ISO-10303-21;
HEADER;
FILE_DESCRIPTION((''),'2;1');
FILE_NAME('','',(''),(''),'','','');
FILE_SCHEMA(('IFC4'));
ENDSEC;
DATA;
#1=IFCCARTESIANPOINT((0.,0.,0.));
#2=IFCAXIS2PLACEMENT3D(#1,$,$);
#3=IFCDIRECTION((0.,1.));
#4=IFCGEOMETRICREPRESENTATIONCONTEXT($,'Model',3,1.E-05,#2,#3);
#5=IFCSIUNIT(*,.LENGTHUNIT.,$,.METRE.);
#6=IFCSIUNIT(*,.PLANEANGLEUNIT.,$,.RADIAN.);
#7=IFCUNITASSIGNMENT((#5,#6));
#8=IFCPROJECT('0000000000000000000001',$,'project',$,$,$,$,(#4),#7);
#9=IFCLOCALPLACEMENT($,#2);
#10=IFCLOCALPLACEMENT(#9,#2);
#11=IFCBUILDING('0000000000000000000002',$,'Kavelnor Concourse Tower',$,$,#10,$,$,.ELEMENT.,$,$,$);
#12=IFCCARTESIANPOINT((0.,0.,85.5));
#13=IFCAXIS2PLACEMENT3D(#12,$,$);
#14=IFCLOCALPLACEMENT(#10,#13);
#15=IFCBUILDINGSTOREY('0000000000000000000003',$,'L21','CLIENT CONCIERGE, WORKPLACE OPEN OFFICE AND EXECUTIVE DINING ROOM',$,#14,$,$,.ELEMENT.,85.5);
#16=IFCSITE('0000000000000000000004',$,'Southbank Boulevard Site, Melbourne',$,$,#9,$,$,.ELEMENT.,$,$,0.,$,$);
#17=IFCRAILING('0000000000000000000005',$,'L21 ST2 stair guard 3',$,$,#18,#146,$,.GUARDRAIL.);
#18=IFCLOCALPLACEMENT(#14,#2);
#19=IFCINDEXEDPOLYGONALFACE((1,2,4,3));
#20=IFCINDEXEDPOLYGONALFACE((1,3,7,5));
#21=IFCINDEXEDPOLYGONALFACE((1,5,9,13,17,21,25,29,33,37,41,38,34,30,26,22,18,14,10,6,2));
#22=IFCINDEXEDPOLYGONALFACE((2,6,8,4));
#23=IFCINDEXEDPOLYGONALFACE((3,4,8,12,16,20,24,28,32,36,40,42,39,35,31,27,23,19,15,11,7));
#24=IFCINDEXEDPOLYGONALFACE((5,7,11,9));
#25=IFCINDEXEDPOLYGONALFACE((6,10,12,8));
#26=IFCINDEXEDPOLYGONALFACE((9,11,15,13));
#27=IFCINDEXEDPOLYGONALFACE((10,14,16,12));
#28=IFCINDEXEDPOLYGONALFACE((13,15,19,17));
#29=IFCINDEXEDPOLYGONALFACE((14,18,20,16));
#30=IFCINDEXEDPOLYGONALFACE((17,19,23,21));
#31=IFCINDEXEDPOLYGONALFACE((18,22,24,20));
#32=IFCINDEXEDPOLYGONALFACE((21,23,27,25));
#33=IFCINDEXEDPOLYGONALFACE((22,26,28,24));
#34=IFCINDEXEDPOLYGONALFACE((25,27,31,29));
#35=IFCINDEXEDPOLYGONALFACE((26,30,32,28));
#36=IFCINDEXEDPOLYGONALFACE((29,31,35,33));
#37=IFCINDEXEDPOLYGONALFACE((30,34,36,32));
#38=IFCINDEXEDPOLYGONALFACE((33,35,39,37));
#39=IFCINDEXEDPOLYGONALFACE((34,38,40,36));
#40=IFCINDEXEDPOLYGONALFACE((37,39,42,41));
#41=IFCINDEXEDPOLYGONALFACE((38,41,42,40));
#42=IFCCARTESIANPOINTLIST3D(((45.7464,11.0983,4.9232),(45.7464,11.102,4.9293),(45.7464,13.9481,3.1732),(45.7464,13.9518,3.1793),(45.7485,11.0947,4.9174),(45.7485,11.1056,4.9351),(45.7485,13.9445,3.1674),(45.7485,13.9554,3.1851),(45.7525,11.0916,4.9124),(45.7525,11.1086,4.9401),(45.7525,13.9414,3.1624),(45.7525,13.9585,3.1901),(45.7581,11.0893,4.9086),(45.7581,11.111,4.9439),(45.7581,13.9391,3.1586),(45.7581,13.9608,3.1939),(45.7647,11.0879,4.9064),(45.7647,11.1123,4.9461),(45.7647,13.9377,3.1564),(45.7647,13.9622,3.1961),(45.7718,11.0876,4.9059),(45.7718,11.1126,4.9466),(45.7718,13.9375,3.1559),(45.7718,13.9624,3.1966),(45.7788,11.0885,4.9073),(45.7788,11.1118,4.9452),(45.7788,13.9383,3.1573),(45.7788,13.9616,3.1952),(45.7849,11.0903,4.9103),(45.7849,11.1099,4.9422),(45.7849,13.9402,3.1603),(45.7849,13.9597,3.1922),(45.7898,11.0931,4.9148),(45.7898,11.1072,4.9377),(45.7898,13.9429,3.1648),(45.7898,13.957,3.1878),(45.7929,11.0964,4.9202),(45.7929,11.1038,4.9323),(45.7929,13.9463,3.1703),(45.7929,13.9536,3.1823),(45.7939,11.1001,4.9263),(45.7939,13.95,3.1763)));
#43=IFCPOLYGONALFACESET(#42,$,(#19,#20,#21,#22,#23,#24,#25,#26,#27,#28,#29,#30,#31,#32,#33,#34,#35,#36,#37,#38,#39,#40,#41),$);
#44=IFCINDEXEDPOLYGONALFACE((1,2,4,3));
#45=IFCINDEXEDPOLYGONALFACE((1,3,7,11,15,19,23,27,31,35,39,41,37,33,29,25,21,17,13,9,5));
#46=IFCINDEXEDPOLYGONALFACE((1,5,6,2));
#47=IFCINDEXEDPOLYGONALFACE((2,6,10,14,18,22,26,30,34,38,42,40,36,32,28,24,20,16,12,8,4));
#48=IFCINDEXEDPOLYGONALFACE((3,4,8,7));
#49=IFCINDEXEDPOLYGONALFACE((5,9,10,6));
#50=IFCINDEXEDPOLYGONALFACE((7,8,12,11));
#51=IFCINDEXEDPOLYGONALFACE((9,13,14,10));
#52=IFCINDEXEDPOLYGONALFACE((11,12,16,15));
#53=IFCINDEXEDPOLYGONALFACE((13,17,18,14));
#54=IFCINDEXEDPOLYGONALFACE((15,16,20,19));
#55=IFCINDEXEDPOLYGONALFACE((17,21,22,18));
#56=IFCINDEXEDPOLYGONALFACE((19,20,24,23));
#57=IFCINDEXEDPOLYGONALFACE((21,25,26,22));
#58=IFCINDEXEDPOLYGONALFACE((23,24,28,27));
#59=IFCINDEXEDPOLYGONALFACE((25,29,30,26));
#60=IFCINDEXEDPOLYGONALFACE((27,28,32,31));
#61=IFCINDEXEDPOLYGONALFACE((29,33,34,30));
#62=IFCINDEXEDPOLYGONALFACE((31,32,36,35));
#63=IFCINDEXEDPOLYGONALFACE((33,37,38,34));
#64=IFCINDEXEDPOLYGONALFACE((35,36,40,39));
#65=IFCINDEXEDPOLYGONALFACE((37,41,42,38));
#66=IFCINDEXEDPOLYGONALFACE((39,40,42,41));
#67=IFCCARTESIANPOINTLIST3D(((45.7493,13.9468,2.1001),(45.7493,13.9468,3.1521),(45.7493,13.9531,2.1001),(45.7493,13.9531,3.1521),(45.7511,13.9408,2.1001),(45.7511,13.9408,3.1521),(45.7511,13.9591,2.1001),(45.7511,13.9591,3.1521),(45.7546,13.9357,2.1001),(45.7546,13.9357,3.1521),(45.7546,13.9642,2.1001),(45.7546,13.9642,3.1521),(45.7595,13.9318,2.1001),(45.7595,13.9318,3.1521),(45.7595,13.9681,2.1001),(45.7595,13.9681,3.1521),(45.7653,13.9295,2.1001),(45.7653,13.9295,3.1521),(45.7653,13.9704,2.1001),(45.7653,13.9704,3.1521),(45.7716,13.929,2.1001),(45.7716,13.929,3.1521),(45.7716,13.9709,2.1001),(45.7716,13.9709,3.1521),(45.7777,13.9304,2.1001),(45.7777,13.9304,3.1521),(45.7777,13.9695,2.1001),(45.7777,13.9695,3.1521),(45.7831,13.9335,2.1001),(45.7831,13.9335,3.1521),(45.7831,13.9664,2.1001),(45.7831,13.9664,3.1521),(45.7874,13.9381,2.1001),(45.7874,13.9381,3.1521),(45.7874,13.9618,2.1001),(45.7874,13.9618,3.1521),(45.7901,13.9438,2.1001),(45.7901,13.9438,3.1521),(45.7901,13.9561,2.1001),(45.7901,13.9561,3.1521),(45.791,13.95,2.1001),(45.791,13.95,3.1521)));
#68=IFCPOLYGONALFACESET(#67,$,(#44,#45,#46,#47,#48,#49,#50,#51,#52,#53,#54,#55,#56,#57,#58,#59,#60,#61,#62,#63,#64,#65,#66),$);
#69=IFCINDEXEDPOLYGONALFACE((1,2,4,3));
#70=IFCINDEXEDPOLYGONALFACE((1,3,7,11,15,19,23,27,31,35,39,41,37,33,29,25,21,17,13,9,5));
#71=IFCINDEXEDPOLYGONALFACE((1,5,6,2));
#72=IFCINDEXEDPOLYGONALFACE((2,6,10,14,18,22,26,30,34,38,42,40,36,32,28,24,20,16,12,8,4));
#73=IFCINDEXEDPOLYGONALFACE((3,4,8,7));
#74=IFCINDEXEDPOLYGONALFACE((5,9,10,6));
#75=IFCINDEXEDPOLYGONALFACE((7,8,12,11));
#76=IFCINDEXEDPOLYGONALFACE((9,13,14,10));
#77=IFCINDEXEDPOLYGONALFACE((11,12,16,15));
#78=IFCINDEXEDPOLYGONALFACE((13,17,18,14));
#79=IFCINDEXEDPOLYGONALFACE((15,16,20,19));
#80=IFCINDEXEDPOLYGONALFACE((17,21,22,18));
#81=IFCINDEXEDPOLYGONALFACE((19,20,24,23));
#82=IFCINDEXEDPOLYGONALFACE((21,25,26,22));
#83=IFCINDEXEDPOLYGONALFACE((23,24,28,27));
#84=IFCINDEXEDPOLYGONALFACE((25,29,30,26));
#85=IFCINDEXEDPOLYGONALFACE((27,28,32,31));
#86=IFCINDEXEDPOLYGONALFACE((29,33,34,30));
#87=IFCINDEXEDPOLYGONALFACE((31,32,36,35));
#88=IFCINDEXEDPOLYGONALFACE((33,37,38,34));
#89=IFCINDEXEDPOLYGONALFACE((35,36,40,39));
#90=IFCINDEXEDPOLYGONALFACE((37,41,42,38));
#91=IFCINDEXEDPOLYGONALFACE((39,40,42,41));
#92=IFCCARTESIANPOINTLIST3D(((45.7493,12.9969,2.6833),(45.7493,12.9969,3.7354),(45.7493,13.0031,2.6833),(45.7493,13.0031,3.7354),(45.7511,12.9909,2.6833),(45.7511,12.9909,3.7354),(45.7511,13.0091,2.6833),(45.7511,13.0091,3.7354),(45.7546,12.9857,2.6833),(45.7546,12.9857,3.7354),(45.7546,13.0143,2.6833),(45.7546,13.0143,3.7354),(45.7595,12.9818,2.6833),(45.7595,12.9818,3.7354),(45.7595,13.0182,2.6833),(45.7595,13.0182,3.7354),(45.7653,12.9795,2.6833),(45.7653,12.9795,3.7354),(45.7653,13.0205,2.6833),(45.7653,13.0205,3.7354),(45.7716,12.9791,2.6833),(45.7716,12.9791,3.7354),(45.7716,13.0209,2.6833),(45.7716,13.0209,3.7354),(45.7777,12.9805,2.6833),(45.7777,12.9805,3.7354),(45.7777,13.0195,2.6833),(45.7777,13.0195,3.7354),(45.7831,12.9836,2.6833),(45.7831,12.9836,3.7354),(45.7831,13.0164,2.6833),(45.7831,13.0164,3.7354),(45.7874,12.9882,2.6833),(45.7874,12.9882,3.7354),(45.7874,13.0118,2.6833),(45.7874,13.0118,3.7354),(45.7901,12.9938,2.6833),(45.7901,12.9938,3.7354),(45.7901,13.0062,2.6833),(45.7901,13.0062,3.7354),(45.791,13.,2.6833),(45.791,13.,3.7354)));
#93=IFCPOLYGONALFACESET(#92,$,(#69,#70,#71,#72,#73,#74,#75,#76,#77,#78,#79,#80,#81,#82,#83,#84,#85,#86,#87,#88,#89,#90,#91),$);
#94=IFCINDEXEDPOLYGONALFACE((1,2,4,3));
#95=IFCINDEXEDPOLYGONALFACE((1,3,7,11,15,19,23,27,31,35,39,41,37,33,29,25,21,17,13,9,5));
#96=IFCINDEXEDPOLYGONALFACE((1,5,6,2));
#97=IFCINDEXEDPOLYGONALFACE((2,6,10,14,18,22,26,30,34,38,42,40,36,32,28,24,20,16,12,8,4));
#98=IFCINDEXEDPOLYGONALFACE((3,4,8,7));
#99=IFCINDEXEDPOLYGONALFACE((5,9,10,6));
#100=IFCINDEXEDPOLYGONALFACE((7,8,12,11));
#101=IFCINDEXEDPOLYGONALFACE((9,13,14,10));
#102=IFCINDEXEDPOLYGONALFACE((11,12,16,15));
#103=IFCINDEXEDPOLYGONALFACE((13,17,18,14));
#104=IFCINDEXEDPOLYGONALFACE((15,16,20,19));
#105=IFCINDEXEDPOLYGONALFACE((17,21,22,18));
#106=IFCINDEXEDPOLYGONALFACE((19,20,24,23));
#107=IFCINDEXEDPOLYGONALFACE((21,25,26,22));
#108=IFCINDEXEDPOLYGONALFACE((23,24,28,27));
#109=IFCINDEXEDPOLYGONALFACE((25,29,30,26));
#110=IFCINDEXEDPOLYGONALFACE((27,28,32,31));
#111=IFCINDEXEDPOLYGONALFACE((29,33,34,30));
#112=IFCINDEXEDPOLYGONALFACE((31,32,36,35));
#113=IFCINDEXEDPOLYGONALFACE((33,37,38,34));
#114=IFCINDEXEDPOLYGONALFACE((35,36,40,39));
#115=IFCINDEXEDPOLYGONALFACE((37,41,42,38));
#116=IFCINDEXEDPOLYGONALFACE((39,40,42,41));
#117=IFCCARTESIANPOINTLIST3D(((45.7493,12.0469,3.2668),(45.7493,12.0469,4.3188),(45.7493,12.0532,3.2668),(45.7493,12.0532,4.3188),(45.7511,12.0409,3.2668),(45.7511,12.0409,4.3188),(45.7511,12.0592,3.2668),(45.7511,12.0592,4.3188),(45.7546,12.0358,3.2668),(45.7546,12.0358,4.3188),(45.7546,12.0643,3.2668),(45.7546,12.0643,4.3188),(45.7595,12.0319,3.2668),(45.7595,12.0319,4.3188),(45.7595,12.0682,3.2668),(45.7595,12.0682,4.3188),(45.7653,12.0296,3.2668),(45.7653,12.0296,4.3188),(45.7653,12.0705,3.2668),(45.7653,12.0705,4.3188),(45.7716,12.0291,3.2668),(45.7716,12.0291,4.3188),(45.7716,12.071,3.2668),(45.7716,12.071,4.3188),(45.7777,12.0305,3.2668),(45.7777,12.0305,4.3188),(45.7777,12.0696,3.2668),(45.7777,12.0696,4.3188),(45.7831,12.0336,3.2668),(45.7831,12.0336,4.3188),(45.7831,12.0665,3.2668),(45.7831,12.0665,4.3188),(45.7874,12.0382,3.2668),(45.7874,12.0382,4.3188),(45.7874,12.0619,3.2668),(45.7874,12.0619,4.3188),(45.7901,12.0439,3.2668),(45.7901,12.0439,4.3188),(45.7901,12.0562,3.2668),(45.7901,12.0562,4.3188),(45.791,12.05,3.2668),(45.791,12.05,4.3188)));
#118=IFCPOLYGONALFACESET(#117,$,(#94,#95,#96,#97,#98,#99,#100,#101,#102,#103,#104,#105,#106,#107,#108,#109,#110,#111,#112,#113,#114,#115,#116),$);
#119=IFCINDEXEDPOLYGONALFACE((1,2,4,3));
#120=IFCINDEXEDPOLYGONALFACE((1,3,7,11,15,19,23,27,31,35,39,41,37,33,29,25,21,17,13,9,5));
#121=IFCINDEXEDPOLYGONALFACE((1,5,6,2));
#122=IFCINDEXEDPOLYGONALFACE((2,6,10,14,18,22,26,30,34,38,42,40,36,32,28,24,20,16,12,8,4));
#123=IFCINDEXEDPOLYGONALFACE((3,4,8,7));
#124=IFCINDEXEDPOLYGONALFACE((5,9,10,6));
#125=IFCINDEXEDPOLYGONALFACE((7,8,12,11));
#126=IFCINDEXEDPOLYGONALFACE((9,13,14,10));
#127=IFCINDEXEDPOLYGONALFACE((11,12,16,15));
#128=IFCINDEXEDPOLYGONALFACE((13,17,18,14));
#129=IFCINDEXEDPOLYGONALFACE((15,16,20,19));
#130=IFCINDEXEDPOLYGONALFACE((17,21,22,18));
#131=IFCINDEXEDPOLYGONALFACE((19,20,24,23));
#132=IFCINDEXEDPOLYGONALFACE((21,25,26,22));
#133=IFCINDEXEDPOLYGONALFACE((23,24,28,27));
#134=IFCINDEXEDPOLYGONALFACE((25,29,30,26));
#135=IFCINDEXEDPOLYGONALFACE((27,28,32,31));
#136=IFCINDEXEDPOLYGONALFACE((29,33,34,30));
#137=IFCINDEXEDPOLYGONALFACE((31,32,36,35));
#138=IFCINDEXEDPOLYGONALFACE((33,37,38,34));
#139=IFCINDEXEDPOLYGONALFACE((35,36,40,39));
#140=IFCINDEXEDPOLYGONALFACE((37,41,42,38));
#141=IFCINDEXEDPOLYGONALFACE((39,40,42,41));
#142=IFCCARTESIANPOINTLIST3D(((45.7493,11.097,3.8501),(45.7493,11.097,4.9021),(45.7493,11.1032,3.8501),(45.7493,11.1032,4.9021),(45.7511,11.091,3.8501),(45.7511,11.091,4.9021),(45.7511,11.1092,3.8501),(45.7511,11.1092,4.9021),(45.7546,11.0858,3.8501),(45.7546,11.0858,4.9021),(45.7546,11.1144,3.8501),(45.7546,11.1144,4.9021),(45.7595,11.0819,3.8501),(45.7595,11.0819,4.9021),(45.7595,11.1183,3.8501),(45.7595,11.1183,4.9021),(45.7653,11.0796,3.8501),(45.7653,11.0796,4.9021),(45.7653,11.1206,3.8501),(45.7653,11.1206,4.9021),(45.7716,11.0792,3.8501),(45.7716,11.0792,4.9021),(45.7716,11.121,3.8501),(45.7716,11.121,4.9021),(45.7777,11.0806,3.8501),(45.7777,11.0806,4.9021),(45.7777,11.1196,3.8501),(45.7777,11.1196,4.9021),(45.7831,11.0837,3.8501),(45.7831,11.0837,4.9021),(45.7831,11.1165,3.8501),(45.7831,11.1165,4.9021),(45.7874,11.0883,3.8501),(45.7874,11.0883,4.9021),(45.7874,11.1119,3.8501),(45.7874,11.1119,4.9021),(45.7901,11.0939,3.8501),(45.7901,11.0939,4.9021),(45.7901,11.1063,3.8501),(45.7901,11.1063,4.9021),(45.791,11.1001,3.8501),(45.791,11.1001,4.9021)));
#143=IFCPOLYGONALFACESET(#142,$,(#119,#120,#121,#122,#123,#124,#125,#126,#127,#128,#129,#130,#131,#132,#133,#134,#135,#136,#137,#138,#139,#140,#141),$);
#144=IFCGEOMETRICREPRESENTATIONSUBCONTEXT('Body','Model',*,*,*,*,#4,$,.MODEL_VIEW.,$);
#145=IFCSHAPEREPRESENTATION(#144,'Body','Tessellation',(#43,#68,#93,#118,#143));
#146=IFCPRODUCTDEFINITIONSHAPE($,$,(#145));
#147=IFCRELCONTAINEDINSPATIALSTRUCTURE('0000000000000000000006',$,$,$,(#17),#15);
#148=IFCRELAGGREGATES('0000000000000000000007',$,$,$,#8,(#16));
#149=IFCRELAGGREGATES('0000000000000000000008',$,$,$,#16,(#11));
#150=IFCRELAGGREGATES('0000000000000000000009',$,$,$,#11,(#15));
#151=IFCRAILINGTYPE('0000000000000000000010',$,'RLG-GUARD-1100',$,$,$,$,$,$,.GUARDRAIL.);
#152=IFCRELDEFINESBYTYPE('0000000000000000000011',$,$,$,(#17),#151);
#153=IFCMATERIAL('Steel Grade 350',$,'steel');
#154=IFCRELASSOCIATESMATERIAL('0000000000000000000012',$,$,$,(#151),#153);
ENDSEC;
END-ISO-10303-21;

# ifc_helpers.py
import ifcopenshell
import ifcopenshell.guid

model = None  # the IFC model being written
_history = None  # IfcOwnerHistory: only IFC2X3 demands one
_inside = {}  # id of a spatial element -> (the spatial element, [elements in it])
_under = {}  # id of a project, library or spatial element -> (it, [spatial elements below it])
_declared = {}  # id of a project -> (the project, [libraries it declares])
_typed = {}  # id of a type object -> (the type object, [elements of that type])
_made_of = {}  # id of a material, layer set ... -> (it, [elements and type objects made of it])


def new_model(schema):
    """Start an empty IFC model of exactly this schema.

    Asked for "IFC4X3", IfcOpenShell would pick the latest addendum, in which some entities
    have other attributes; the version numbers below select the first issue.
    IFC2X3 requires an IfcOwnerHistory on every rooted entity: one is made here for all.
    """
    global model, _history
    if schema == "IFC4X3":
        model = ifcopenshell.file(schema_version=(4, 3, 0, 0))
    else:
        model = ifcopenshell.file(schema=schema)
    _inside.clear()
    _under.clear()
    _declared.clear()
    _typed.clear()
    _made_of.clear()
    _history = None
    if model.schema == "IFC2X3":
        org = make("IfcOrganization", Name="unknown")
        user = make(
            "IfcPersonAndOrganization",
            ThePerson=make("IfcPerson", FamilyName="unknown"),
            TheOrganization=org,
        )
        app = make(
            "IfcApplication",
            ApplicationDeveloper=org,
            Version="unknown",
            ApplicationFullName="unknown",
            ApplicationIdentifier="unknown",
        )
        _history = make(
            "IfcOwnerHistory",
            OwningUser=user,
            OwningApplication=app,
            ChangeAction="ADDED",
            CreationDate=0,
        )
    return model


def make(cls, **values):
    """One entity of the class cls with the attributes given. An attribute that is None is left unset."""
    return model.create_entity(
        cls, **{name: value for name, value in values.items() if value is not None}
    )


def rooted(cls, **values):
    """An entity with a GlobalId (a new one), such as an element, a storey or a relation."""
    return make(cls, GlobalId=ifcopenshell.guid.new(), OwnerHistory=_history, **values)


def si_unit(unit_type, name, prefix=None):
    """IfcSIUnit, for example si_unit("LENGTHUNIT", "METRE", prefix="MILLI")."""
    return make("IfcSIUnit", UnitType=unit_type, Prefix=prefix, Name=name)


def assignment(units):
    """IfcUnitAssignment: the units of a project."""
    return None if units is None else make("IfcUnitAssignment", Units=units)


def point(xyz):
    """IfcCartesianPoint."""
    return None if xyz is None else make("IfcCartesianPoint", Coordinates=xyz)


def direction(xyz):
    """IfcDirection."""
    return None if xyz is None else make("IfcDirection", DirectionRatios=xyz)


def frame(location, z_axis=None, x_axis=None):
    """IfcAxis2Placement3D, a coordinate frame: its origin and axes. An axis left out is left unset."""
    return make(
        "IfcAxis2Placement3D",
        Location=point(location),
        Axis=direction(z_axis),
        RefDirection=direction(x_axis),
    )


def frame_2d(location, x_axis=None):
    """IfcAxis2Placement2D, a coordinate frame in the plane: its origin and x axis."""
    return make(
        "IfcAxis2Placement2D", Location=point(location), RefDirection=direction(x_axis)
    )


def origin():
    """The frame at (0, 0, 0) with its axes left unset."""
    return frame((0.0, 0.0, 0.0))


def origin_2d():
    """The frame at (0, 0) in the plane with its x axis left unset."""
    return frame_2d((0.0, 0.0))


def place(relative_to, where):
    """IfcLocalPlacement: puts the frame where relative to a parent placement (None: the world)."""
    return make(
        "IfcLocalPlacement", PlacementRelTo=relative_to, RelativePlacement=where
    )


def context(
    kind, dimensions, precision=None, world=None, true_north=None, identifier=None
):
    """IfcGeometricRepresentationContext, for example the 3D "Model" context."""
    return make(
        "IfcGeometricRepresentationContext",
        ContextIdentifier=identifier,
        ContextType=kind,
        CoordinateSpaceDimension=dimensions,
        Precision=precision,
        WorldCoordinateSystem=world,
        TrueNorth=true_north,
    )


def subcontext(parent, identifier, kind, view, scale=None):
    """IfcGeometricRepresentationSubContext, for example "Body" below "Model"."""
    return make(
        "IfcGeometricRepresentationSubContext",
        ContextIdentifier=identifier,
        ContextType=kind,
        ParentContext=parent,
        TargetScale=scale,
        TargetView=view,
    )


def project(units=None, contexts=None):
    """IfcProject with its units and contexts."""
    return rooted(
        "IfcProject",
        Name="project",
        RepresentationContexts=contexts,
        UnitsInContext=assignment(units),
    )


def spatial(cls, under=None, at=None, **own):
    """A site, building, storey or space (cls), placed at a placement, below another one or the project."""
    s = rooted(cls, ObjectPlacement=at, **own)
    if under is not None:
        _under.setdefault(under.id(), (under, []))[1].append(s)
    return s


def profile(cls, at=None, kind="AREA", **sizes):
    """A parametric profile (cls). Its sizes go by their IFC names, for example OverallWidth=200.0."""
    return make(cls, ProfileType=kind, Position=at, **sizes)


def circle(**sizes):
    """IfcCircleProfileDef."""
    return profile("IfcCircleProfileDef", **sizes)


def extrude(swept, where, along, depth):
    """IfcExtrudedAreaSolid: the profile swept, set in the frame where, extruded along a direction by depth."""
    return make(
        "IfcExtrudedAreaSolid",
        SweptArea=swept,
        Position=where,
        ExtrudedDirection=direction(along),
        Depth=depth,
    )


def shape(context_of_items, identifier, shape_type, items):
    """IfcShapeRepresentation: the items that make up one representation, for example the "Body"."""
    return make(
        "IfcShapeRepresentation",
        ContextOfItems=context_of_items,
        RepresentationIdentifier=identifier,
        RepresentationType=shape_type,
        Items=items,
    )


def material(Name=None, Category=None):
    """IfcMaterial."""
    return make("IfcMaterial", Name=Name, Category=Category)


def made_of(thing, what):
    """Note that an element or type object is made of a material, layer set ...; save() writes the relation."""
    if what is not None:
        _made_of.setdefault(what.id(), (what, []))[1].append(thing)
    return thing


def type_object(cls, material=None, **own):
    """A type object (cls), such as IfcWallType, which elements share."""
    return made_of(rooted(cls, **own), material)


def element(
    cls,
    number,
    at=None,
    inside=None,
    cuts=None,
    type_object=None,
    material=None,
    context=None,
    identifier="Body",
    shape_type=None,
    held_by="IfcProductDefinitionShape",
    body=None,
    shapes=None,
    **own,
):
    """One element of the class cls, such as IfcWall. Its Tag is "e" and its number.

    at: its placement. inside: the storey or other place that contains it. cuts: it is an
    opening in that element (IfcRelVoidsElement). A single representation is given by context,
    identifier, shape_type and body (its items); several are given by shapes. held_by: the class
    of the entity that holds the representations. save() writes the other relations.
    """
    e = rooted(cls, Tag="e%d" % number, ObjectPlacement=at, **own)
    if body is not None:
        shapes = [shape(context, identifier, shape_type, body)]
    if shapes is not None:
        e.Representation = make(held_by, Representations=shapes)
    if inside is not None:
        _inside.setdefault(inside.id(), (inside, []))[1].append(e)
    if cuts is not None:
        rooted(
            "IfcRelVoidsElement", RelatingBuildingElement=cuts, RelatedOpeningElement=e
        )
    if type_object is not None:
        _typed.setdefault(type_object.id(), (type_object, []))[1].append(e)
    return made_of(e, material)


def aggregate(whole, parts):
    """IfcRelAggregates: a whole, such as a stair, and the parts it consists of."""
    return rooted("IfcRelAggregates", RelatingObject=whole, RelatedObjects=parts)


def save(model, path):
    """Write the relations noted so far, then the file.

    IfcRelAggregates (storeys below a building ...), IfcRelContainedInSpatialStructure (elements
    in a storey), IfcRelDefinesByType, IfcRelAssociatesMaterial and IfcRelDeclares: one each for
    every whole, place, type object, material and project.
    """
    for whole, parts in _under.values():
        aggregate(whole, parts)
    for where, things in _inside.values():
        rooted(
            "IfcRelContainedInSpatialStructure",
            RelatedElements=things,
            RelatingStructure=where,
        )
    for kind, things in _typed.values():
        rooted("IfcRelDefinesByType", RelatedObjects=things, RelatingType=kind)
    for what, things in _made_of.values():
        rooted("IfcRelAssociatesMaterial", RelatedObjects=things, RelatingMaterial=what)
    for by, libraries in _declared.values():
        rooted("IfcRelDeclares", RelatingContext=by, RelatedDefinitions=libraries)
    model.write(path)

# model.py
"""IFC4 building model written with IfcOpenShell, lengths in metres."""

from ifc_helpers import new_model, si_unit, direction, frame, origin, origin_2d, place, context, subcontext, project, spatial, circle, extrude, material, type_object, element, save


model = new_model("IFC4")

# Units and contexts
model_context = context("Model", 3, precision=1e-05, world=origin(), true_north=direction((0.0, 1.0)))
body_context = subcontext(model_context, "Body", "Model", "MODEL_VIEW")
ifc_project = project(units=[si_unit("LENGTHUNIT", "METRE"), si_unit("PLANEANGLEUNIT", "RADIAN")], contexts=[model_context])

# Site, building, storey
site_placement = place(None, origin())
site = spatial("IfcSite", under=ifc_project, at=site_placement, Name="Southbank Boulevard Site, Melbourne", CompositionType="ELEMENT", RefElevation=0.0)
building_placement = place(site_placement, origin())
building = spatial("IfcBuilding", under=site, at=building_placement, Name="Kavelnor Concourse Tower", CompositionType="ELEMENT")
storey_placement = place(building_placement, frame((0.0, 0.0, 85.5)))
storey = spatial("IfcBuildingStorey", under=building, at=storey_placement, Name="L21", Description="CLIENT CONCIERGE, WORKPLACE OPEN OFFICE AND EXECUTIVE DINING ROOM", CompositionType="ELEMENT", Elevation=85.5)

# Shared definitions
ifc_material_1 = material(Name="Steel Grade 350", Category="steel")

# Railing
railing_type_1 = type_object("IfcRailingType", Name="RLG-GUARD-1100", PredefinedType="GUARDRAIL", material=ifc_material_1)
railing_1_placement = place(storey_placement, frame((45.77, 13.95, 2.1001)))
element("IfcRailing", 1, at=railing_1_placement, inside=storey, type_object=railing_type_1, Name="L21 ST2 stair guard 3", PredefinedType="GUARDRAIL", context=body_context, shape_type="SweptSolid", body=[
    extrude(circle(Radius=0.0239, at=origin_2d()), frame((0.0, 0.0, 1.0762), z_axis=(0.0, -0.852159, 0.523283), x_axis=(1.0, 0.0, 0.0)), (0.0, 0.0, 1.0), 3.3442),
    extrude(circle(Radius=0.021, at=origin_2d()), origin(), (0.0, 0.0, 1.0), 1.052),
    extrude(circle(Radius=0.021, at=origin_2d()), frame((0.0, -0.95, 0.5833)), (0.0, 0.0, 1.0), 1.052),
    extrude(circle(Radius=0.021, at=origin_2d()), frame((0.0, -1.8999, 1.1667)), (0.0, 0.0, 1.0), 1.052),
    extrude(circle(Radius=0.021, at=origin_2d()), frame((0.0, -2.8499, 1.75)), (0.0, 0.0, 1.0), 1.052),
])

save(model, "model.ifc")
